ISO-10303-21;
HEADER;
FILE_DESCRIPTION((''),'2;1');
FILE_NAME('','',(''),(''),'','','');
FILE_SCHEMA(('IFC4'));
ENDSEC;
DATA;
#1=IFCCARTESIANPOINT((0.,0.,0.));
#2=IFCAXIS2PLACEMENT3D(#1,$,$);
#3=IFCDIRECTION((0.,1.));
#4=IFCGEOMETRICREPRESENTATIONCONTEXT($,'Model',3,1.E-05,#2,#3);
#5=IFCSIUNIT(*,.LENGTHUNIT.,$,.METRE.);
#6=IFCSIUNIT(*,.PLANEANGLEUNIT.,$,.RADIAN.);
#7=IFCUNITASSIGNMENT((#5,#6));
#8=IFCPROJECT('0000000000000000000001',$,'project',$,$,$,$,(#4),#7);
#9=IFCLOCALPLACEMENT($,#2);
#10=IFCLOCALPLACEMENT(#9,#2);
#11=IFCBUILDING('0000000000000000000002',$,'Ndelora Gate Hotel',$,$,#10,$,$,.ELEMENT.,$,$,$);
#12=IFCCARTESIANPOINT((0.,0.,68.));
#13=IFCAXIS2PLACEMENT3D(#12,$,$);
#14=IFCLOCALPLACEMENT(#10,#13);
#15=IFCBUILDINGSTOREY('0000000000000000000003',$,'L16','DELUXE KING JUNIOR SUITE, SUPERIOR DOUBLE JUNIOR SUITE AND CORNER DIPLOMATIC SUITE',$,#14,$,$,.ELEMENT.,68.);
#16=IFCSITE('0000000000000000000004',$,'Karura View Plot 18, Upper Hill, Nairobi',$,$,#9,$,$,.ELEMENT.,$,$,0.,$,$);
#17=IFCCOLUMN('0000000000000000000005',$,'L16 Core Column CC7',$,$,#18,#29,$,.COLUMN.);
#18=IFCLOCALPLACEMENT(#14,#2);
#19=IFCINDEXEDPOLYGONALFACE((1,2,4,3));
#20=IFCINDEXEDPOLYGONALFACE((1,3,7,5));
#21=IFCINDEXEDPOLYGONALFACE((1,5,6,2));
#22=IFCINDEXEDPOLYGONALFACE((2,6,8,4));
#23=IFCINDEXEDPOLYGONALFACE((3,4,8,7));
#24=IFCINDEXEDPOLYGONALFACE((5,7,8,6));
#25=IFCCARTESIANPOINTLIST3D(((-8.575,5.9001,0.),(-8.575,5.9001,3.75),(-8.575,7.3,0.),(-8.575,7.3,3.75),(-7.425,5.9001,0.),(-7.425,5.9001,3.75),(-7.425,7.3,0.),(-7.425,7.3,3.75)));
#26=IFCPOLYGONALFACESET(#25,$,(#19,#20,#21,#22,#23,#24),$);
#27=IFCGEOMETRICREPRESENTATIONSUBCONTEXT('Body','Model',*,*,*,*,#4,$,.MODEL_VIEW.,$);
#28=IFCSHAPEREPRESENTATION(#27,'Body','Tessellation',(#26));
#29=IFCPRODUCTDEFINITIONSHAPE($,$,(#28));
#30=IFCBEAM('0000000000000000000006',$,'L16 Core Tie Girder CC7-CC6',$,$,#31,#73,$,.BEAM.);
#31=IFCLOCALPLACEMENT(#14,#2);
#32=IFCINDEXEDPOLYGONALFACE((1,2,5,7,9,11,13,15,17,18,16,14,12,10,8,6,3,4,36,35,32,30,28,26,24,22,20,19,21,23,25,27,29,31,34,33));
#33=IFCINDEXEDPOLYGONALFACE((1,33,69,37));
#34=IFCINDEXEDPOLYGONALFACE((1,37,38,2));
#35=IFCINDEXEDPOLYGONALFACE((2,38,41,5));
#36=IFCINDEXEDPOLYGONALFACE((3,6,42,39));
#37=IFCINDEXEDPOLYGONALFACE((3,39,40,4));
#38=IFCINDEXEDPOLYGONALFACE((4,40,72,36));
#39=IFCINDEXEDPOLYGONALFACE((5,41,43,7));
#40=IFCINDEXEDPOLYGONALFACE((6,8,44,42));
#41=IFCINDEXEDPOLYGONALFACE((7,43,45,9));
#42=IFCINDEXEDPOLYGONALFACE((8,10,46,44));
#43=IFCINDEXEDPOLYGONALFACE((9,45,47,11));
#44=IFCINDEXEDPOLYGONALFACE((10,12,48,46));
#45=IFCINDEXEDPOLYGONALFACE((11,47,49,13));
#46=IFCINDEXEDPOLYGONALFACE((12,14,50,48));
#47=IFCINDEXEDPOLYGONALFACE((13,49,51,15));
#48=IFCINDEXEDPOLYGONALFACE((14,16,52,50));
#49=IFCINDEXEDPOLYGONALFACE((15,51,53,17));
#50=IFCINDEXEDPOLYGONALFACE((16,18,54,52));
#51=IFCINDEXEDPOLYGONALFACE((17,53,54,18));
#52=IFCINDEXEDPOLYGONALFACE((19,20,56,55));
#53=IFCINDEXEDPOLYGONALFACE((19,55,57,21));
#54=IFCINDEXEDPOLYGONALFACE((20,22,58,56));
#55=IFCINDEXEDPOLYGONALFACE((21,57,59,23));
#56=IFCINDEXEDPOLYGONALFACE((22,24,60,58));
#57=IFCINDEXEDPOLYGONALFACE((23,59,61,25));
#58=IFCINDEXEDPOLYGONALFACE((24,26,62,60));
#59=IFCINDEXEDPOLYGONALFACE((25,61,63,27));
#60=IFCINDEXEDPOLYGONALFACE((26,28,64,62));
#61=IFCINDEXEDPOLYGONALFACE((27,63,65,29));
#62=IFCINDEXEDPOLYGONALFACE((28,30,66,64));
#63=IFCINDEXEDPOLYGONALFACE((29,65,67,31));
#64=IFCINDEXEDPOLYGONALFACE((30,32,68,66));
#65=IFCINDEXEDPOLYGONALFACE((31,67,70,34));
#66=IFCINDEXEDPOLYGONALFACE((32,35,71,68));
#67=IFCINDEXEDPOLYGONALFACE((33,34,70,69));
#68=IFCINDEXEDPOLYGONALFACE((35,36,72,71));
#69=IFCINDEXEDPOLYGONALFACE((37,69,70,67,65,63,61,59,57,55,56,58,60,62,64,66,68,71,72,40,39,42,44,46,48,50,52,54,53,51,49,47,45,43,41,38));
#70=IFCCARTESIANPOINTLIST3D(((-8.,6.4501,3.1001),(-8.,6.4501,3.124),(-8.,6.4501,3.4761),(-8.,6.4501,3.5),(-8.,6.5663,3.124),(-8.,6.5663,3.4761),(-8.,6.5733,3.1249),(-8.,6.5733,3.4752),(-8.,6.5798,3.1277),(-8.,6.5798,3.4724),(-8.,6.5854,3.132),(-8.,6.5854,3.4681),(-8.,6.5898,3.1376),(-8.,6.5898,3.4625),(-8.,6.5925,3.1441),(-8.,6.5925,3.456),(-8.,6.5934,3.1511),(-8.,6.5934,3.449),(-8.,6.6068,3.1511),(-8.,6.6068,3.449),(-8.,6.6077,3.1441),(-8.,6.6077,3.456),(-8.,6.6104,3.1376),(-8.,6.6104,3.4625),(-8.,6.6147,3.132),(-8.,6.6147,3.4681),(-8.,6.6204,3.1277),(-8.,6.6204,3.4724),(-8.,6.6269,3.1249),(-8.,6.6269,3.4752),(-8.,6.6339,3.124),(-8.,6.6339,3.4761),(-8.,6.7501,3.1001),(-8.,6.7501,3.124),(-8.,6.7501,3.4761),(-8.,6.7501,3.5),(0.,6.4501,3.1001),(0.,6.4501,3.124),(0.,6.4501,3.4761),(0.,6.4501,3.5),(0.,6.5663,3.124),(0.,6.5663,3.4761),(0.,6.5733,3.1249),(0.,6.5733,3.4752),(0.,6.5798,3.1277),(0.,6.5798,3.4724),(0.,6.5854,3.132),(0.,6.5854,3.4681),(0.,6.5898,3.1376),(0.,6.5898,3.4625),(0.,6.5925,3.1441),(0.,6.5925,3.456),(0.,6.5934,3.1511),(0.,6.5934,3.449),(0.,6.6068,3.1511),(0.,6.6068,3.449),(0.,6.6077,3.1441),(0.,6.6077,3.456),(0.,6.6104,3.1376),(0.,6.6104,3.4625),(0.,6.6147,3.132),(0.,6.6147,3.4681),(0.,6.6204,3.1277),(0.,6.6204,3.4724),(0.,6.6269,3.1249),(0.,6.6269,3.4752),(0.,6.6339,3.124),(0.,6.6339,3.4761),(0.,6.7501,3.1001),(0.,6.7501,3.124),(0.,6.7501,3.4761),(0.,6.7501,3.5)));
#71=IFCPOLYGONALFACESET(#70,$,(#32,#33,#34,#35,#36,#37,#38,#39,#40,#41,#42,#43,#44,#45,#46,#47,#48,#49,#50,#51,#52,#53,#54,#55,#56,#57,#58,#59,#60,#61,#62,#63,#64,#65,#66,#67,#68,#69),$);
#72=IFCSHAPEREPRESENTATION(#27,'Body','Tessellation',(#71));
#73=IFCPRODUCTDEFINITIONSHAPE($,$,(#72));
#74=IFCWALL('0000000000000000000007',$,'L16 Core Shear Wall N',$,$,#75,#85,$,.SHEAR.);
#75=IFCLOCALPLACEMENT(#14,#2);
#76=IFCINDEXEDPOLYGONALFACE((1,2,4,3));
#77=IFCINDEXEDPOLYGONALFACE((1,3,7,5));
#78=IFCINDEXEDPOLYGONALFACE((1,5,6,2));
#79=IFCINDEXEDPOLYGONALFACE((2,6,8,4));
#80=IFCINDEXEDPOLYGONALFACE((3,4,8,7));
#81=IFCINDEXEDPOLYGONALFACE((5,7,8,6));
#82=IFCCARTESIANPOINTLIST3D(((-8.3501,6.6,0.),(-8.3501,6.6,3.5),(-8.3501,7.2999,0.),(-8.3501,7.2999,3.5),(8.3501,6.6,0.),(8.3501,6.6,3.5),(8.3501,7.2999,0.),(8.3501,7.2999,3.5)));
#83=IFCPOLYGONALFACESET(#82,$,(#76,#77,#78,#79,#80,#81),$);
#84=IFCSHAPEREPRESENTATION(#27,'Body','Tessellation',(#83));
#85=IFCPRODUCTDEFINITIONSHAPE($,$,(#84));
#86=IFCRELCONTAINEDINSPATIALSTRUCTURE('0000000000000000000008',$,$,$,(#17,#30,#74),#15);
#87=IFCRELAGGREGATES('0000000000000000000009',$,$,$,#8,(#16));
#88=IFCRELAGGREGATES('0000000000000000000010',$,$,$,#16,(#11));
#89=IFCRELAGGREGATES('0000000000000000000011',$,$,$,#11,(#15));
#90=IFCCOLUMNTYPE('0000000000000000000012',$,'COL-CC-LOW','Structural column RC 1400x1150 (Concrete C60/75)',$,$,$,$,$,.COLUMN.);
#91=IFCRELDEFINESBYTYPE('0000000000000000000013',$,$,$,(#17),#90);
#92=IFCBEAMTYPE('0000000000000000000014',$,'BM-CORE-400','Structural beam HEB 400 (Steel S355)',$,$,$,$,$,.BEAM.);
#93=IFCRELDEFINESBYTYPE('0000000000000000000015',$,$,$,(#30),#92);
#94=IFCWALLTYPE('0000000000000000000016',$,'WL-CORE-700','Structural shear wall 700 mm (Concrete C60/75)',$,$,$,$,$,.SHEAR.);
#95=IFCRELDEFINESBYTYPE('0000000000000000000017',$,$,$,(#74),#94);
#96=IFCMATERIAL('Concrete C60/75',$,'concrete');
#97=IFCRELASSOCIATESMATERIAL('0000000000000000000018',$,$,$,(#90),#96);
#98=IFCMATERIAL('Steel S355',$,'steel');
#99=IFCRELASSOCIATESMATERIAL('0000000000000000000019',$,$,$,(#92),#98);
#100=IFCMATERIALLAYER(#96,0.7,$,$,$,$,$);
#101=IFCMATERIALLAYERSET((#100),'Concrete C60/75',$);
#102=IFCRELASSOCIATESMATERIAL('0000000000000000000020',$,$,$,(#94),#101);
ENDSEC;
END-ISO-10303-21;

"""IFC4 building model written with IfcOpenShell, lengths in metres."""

from ifc_helpers import new_model, si_unit, direction, frame, frame_2d, origin, origin_2d, place, context, subcontext, project, spatial, rectangle, i_section, extrude, material, layer, layer_set, material_profile, profile_set, type_object, element, save


model = new_model("IFC4")

# Units and contexts
model_context = context("Model", 3, precision=1e-05, world=origin(), true_north=direction((0.0, 1.0)))
body_context = subcontext(model_context, "Body", "Model", "MODEL_VIEW")
ifc_project = project(units=[si_unit("LENGTHUNIT", "METRE"), si_unit("PLANEANGLEUNIT", "RADIAN")], contexts=[model_context])

# Site, building, storey
site_placement = place(None, origin())
site = spatial("IfcSite", under=ifc_project, at=site_placement, Name="Karura View Plot 18, Upper Hill, Nairobi", CompositionType="ELEMENT", RefElevation=0.0)
building_placement = place(site_placement, origin())
building = spatial("IfcBuilding", under=site, at=building_placement, Name="Ndelora Gate Hotel", CompositionType="ELEMENT")
storey_placement = place(building_placement, frame((0.0, 0.0, 68.0)))
storey = spatial("IfcBuildingStorey", under=building, at=storey_placement, Name="L16", Description="DELUXE KING JUNIOR SUITE, SUPERIOR DOUBLE JUNIOR SUITE AND CORNER DIPLOMATIC SUITE", CompositionType="ELEMENT", Elevation=68.0)

# Column
ifc_material_1 = material(Name="Concrete C60/75", Category="concrete")
ifc_material_profile_1 = material_profile(ifc_material_1, rectangle(XDim=1.1499, YDim=1.3999, at=origin_2d()), Name="RC 1400x1150")
ifc_profile_set_1 = profile_set([ifc_material_profile_1], Name="Concrete C60/75")
column_type = type_object("IfcColumnType", Name="COL-CC-LOW", Description="Structural column RC 1400x1150 (Concrete C60/75)", PredefinedType="COLUMN", material=ifc_profile_set_1)
column_placement = place(storey_placement, frame((-8.0, 6.6001, 0.0), z_axis=(0.0, 0.0, 1.0), x_axis=(1.0, 0.0, 0.0)))
element("IfcColumn", 1, at=column_placement, inside=storey, type_object=column_type, Name="L16 Core Column CC7", PredefinedType="COLUMN", context=body_context, shape_type="SweptSolid", body=[
    extrude(rectangle(XDim=1.1499, YDim=1.3999, at=origin_2d()), origin(), (0.0, 0.0, 1.0), 3.75),
])

# Beam
ifc_material_2 = material(Name="Steel S355", Category="steel")
ifc_material_profile_2 = material_profile(ifc_material_2, i_section(OverallWidth=0.3, OverallDepth=0.3999, WebThickness=0.0134, FlangeThickness=0.0239, FilletRadius=0.0271, at=origin_2d()), Name="HEB 400")
ifc_profile_set_2 = profile_set([ifc_material_profile_2], Name="Steel S355")
beam_type = type_object("IfcBeamType", Name="BM-CORE-400", Description="Structural beam HEB 400 (Steel S355)", PredefinedType="BEAM", material=ifc_profile_set_2)
beam_placement = place(storey_placement, frame((-8.0, 6.6001, 3.3), z_axis=(1.0, 0.0, 0.0), x_axis=(0.0, 1.0, 0.0)))
element("IfcBeam", 2, at=beam_placement, inside=storey, type_object=beam_type, Name="L16 Core Tie Girder CC7-CC6", PredefinedType="BEAM", context=body_context, shape_type="SweptSolid", body=[
    extrude(i_section(OverallWidth=0.3, OverallDepth=0.3999, WebThickness=0.0134, FlangeThickness=0.0239, FilletRadius=0.0271, at=origin_2d()), origin(), (0.0, 0.0, 1.0), 8.0),
])

# Wall
ifc_layer_1 = layer(ifc_material_1, 0.7)
ifc_layer_set_1 = layer_set([ifc_layer_1], Name="Concrete C60/75")
wall_type_1 = type_object("IfcWallType", Name="WL-CORE-700", Description="Structural shear wall 700 mm (Concrete C60/75)", PredefinedType="SHEAR", material=ifc_layer_set_1)
wall_1_placement = place(storey_placement, frame((-8.3501, 6.95, 0.0), z_axis=(0.0, 0.0, 1.0), x_axis=(1.0, 0.0, 0.0)))
element("IfcWall", 3, at=wall_1_placement, inside=storey, type_object=wall_type_1, Name="L16 Core Shear Wall N", PredefinedType="SHEAR", context=body_context, shape_type="SweptSolid", body=[
    extrude(rectangle(XDim=16.7002, YDim=0.7, at=frame_2d((8.3501, 0.0))), origin(), (0.0, 0.0, 1.0), 3.5),
])

save(model, "model.ifc")
